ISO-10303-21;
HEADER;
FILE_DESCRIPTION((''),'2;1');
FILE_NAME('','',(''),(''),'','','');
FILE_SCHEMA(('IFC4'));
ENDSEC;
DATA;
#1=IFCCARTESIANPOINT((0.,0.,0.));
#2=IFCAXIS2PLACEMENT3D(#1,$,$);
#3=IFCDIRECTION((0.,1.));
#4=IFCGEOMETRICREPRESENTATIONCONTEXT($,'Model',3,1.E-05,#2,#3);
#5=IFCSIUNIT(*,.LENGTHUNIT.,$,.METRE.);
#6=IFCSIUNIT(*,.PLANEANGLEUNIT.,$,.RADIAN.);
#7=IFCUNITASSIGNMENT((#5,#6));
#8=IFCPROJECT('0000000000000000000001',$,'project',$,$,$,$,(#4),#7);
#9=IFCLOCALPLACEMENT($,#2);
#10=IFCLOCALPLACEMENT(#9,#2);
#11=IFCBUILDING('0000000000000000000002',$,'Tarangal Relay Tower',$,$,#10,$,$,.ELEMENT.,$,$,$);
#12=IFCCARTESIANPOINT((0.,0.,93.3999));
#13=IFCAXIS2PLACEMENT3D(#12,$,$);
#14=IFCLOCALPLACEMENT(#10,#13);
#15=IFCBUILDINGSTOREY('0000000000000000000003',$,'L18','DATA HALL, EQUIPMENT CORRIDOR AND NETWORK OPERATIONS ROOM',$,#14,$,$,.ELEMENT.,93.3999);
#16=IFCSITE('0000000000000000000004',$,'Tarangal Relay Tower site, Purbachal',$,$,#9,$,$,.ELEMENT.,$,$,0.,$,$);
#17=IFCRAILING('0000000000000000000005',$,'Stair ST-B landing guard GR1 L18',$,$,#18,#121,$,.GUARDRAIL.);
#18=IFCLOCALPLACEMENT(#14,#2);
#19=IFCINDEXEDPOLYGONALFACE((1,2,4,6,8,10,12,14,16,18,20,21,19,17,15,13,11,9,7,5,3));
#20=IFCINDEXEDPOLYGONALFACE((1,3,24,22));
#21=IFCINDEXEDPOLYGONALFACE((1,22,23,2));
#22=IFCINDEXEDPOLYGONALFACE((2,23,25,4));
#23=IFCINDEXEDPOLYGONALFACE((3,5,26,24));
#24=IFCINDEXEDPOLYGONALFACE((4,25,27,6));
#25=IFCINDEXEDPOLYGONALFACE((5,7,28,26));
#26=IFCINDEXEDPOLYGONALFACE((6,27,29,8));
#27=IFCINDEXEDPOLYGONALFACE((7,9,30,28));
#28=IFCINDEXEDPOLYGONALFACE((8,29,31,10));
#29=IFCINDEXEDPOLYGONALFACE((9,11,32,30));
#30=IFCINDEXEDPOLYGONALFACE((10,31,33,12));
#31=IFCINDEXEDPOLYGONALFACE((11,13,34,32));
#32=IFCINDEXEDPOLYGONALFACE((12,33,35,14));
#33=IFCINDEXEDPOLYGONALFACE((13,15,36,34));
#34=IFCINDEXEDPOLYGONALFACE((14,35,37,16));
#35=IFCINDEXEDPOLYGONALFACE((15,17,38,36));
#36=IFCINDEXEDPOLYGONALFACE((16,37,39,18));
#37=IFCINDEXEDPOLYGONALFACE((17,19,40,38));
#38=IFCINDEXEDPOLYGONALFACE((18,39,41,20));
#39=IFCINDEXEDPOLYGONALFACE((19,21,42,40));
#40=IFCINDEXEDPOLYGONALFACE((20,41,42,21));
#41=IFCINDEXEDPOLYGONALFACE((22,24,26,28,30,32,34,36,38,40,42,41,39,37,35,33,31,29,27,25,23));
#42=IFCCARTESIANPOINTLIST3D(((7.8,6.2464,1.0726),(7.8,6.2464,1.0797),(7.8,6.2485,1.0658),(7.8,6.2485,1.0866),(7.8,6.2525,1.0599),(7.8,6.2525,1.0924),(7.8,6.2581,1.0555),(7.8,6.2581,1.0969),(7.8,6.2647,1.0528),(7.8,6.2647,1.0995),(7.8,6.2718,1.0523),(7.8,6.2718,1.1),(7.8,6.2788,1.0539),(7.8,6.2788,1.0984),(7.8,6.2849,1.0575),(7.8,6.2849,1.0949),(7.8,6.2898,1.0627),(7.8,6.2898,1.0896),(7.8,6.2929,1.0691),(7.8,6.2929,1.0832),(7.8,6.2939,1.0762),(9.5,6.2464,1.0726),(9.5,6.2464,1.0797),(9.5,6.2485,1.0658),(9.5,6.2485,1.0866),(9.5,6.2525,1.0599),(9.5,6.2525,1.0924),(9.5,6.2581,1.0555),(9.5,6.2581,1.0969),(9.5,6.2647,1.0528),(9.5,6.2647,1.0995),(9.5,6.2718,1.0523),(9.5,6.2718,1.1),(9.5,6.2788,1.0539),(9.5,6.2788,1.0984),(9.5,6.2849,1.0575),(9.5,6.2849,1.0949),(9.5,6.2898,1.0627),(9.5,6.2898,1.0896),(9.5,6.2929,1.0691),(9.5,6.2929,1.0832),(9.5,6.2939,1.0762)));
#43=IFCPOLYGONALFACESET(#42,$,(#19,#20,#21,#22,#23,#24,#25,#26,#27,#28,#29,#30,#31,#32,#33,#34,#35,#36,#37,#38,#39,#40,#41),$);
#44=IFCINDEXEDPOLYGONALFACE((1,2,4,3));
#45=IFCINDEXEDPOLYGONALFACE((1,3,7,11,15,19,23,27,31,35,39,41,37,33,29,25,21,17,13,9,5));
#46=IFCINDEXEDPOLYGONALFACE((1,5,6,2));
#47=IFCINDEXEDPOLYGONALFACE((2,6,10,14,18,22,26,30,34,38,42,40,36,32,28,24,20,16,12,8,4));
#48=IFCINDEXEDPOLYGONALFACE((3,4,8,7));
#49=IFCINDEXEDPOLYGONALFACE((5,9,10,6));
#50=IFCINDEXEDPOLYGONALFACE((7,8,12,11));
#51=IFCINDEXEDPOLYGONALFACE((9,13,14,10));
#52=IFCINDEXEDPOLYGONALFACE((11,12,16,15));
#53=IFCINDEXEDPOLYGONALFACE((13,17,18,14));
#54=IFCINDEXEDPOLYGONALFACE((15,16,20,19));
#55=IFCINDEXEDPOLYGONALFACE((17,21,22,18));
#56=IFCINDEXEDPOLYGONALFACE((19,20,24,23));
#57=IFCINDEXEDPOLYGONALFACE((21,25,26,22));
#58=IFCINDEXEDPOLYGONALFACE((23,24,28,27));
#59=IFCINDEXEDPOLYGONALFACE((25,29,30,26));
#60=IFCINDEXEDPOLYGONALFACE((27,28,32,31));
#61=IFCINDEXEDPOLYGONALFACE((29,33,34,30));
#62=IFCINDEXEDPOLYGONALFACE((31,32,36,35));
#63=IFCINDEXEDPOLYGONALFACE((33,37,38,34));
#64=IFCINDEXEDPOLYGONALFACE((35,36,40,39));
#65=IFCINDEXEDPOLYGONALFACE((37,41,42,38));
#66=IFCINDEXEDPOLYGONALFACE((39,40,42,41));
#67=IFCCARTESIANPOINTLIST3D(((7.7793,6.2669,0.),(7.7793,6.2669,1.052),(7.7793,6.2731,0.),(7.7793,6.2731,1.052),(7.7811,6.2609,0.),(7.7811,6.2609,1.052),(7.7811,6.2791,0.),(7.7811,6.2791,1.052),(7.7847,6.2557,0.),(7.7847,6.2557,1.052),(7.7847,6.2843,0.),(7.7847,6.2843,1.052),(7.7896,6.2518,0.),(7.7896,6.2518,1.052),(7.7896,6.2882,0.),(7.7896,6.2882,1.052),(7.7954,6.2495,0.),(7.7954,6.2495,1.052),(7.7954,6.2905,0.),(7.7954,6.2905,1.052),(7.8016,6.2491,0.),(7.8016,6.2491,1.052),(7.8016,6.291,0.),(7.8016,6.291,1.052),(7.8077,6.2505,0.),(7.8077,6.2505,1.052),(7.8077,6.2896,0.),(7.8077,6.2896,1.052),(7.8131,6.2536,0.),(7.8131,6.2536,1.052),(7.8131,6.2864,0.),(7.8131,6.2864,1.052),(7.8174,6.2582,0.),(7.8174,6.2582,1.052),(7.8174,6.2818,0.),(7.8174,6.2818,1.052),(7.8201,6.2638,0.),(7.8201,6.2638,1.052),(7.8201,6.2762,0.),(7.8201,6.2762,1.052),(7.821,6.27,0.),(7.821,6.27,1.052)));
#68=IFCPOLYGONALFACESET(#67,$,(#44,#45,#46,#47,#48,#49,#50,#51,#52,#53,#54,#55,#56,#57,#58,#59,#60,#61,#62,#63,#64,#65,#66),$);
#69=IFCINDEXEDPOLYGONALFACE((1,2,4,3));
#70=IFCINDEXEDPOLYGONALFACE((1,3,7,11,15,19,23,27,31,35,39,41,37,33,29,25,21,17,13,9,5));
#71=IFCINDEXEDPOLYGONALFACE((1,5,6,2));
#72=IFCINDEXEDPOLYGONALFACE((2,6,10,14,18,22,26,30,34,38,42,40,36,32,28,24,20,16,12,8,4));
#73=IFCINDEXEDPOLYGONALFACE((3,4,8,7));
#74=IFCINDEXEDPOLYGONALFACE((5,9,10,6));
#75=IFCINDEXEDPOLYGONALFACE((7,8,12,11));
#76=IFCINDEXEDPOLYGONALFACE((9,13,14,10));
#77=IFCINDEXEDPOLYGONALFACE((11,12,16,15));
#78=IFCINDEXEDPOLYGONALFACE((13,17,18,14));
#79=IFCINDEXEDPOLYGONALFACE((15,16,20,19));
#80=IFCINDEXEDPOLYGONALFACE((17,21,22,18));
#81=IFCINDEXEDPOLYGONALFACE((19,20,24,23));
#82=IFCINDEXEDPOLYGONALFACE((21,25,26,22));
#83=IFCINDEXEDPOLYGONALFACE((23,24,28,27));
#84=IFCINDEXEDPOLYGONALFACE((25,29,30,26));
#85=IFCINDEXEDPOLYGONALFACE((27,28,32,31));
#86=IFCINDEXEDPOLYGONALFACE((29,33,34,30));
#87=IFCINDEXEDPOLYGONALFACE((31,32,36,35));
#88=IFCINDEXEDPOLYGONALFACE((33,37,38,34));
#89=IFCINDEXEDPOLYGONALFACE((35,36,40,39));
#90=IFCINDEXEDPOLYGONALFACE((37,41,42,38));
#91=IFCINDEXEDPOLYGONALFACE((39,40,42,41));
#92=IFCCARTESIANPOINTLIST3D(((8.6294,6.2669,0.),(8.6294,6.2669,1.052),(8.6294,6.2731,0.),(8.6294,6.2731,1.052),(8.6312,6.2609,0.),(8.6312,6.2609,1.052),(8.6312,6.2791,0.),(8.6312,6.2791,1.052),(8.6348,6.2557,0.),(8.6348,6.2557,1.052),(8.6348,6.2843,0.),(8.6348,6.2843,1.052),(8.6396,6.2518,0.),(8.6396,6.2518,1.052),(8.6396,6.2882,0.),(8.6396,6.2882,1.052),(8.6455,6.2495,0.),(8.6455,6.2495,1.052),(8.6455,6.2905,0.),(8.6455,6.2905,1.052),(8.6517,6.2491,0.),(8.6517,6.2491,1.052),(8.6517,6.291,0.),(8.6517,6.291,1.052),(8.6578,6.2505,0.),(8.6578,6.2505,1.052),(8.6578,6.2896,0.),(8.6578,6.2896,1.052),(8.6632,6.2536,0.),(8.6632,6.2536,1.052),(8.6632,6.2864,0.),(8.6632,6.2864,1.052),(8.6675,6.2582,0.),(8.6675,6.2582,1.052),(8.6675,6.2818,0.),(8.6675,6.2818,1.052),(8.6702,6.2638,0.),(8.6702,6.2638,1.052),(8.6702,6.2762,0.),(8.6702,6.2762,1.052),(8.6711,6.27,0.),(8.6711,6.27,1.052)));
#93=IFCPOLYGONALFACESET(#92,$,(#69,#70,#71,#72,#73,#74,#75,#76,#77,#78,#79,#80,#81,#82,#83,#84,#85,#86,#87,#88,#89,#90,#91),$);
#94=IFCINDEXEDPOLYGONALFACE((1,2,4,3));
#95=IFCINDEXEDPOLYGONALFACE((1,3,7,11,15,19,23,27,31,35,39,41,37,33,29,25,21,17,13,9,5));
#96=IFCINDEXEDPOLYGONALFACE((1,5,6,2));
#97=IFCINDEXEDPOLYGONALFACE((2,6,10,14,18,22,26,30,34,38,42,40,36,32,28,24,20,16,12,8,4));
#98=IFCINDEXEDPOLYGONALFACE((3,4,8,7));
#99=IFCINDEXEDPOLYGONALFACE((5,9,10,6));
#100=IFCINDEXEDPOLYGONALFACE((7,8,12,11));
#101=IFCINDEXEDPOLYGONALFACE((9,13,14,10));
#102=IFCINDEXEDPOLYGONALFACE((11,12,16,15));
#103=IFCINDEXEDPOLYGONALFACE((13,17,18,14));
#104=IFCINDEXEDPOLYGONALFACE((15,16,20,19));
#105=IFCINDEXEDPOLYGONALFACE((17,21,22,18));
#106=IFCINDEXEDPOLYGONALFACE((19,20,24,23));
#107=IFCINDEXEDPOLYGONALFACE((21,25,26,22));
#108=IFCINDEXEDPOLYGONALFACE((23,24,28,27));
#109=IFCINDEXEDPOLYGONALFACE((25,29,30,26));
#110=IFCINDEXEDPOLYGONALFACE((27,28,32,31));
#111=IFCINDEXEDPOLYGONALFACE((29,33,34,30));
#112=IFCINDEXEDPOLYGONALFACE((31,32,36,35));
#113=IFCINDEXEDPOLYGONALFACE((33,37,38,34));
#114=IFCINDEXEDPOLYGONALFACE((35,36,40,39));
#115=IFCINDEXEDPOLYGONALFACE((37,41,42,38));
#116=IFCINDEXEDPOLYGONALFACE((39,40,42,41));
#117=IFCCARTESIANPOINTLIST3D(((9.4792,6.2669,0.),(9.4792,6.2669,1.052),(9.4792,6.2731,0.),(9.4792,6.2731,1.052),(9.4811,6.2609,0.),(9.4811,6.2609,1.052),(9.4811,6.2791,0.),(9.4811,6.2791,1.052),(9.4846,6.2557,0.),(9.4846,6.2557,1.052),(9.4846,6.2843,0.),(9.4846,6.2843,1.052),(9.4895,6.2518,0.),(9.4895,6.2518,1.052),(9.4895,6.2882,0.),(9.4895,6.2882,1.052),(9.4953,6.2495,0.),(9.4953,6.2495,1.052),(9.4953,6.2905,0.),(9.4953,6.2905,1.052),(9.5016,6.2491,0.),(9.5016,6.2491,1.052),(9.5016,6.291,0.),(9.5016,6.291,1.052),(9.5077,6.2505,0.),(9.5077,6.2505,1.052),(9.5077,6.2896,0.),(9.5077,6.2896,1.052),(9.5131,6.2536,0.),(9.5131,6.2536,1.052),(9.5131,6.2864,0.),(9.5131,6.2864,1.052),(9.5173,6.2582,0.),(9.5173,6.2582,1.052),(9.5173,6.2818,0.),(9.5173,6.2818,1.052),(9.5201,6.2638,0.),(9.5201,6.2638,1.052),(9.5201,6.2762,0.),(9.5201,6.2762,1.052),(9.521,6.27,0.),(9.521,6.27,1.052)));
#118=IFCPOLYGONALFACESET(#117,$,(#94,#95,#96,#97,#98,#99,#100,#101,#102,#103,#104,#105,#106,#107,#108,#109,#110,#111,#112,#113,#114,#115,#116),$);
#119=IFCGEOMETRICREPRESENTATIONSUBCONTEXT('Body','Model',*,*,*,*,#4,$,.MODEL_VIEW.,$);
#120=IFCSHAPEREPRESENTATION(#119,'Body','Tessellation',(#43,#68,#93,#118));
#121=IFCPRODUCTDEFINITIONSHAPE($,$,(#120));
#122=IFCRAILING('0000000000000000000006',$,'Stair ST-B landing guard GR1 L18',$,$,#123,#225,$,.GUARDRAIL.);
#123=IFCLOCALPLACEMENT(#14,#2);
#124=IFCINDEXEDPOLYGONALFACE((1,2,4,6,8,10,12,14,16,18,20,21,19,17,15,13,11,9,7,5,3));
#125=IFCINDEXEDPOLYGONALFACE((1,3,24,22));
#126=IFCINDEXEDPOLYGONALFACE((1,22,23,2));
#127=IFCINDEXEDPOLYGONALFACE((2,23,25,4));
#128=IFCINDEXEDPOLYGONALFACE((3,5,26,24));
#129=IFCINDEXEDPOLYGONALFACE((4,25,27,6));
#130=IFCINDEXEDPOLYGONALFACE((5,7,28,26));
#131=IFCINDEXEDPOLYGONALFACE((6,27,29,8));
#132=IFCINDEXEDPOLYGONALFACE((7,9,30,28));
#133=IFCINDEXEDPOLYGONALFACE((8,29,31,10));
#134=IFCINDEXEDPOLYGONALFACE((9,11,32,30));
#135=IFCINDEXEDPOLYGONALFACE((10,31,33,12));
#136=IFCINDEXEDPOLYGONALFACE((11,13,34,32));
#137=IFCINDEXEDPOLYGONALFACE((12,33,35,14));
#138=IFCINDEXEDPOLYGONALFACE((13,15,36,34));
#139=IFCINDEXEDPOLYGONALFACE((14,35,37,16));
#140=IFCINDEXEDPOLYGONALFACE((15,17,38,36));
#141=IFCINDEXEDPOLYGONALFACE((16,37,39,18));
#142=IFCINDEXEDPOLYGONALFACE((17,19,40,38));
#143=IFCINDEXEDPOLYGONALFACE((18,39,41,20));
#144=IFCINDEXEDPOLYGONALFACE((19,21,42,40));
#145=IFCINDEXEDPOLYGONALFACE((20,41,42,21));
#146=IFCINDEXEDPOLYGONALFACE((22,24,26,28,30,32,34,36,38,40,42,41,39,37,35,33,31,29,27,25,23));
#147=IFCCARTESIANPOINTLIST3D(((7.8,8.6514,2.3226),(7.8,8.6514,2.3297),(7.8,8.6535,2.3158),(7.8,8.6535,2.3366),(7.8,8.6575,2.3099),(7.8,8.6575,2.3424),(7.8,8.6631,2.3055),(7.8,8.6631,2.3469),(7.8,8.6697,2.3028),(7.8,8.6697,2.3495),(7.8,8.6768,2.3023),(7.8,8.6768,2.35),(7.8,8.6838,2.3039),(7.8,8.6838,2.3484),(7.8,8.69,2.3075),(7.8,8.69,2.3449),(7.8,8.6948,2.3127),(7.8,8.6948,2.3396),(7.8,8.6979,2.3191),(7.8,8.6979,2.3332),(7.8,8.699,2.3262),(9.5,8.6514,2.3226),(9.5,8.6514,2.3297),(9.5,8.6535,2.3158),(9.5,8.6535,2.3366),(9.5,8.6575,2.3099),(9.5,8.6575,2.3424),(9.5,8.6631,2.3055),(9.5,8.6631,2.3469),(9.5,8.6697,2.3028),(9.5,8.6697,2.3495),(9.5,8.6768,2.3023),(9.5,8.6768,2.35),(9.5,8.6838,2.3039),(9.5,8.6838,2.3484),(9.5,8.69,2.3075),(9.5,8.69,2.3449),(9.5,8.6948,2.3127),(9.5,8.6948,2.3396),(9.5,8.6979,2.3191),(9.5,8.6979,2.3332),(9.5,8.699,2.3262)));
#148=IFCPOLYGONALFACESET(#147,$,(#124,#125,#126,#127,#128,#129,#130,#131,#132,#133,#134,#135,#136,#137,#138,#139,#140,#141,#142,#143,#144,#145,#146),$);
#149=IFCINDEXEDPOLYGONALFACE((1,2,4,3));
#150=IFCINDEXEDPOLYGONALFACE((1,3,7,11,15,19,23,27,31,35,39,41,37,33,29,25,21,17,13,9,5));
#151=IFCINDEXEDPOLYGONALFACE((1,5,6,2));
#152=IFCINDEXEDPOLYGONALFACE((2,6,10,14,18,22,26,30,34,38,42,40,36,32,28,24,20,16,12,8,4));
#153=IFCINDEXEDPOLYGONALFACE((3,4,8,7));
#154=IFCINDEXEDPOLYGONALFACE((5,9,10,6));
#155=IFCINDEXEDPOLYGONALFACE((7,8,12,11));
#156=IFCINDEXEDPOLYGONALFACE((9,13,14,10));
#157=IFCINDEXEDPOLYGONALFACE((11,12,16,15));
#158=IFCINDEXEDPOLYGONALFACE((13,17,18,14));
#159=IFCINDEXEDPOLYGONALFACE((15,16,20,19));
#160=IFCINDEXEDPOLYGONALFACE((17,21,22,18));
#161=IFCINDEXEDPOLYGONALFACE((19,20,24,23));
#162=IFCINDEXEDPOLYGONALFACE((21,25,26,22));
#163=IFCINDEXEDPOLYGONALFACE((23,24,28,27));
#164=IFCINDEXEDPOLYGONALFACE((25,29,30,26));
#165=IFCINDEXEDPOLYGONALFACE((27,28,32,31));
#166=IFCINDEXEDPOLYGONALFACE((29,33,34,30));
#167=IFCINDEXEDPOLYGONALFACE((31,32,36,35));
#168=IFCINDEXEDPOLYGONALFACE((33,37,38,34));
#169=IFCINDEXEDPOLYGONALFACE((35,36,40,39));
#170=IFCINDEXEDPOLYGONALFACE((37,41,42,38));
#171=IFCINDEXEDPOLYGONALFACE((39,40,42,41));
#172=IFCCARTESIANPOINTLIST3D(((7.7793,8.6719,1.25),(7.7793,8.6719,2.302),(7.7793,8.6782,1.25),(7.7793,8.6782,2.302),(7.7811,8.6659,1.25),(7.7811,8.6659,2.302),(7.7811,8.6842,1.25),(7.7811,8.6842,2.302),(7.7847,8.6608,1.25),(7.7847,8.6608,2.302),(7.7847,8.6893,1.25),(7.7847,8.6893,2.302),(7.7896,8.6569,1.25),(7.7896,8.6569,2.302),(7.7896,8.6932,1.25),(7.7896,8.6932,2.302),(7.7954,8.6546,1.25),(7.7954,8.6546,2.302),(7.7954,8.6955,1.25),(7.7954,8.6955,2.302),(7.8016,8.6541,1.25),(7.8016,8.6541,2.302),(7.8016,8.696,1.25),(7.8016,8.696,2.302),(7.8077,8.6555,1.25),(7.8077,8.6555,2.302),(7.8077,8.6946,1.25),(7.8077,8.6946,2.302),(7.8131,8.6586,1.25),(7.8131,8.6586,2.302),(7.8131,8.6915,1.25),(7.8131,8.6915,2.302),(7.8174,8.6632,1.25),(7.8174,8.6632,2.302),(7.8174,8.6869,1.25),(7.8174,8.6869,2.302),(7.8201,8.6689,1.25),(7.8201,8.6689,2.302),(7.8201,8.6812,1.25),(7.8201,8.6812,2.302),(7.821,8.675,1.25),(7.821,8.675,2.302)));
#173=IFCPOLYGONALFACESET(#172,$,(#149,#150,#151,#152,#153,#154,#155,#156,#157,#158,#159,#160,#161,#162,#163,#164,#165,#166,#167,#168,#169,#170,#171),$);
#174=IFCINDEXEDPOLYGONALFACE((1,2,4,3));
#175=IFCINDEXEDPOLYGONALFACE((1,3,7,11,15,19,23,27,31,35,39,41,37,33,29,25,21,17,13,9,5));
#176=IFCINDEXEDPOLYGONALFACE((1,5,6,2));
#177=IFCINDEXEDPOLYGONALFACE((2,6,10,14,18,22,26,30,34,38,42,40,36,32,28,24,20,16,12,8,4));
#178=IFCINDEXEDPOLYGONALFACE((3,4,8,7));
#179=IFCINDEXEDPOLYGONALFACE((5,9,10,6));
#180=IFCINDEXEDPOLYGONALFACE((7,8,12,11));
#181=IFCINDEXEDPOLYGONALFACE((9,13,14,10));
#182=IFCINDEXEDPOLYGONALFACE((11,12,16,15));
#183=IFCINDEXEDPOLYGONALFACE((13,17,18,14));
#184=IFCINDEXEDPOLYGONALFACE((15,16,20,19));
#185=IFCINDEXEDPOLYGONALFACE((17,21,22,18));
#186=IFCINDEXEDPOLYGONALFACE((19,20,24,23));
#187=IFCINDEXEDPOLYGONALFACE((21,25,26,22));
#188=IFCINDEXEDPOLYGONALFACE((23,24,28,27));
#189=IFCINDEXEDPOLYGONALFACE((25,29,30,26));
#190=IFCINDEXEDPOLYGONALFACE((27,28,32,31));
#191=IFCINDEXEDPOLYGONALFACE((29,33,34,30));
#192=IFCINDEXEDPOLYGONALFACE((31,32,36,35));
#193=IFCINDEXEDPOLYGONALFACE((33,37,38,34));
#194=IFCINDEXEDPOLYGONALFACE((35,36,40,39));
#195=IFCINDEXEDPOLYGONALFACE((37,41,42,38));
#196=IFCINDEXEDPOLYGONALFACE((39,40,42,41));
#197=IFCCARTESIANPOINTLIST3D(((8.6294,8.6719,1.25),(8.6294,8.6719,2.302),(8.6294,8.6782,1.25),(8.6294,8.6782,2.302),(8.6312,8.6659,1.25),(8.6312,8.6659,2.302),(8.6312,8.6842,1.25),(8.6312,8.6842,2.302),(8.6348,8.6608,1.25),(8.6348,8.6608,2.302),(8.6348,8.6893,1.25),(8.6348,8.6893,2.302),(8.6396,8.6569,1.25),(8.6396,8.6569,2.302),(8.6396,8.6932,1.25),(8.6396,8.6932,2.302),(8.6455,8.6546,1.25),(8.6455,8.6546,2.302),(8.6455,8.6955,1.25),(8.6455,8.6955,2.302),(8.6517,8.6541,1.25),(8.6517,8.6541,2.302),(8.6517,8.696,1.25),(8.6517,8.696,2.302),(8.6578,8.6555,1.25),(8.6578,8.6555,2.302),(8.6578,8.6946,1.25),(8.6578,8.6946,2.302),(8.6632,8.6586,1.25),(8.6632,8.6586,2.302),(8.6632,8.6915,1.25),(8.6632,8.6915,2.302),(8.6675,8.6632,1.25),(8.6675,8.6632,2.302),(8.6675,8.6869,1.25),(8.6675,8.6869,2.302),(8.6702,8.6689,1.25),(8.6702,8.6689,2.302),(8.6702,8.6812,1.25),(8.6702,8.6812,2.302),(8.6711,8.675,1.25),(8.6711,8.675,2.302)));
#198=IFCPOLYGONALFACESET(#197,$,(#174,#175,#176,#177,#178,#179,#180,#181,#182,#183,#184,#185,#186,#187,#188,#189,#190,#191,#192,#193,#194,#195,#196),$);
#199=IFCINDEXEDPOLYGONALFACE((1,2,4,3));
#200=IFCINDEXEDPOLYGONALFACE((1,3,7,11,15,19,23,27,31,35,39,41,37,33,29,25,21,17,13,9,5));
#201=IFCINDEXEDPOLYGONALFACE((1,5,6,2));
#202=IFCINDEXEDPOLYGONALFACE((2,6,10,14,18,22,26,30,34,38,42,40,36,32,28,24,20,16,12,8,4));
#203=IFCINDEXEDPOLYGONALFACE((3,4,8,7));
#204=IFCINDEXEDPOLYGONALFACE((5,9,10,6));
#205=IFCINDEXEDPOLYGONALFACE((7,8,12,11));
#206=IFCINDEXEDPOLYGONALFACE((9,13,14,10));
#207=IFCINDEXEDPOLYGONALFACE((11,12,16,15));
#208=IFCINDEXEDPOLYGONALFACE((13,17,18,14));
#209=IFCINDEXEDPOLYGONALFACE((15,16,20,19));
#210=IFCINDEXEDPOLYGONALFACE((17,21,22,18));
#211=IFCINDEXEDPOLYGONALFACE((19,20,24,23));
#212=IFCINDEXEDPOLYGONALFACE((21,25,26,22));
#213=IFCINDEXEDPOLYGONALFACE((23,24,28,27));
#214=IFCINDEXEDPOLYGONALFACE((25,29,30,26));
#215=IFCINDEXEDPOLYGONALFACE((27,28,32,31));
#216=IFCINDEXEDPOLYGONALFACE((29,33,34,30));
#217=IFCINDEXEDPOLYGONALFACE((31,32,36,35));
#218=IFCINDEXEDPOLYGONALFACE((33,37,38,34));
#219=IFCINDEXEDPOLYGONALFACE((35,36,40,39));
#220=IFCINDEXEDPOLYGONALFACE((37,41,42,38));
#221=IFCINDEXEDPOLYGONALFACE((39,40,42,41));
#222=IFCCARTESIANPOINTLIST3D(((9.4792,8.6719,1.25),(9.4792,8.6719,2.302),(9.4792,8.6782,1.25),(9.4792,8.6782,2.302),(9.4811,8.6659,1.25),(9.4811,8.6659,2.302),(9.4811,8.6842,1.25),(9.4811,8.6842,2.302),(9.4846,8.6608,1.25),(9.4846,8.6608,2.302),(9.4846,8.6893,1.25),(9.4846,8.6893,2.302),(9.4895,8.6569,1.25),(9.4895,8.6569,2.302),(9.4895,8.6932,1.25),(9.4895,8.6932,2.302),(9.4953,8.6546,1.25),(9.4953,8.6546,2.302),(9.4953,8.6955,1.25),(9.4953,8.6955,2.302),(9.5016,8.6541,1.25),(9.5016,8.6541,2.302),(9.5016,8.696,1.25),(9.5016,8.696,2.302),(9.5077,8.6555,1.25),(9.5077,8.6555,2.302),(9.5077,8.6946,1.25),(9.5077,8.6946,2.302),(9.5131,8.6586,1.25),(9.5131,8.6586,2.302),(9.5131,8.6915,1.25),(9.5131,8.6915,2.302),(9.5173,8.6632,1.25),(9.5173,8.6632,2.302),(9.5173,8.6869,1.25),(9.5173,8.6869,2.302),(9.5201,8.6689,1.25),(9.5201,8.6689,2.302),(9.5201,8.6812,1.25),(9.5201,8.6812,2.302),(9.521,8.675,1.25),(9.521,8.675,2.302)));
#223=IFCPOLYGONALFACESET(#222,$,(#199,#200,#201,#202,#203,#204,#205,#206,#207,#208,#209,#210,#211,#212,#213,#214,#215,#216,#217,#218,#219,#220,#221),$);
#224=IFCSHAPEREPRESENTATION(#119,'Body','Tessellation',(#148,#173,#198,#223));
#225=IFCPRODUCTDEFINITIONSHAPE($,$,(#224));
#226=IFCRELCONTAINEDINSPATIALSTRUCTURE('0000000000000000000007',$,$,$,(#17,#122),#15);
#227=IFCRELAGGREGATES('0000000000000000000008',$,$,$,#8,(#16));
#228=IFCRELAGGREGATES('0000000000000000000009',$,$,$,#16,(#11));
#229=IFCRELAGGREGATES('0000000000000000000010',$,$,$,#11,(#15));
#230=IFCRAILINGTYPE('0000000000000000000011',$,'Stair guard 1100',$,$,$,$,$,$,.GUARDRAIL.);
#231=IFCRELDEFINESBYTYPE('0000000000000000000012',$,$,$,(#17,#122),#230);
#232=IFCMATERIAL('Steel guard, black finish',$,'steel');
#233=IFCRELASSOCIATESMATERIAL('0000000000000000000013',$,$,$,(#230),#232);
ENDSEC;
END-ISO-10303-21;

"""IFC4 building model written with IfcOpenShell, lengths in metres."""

from ifc_helpers import new_model, si_unit, direction, frame, origin, origin_2d, place, context, subcontext, project, spatial, circle, extrude, material, type_object, element, save


model = new_model("IFC4")

# Units and contexts
model_context = context("Model", 3, precision=1e-05, world=origin(), true_north=direction((0.0, 1.0)))
body_context = subcontext(model_context, "Body", "Model", "MODEL_VIEW")
ifc_project = project(units=[si_unit("LENGTHUNIT", "METRE"), si_unit("PLANEANGLEUNIT", "RADIAN")], contexts=[model_context])

# Site, building, storey
site_placement = place(None, origin())
site = spatial("IfcSite", under=ifc_project, at=site_placement, Name="Tarangal Relay Tower site, Purbachal", CompositionType="ELEMENT", RefElevation=0.0)
building_placement = place(site_placement, origin())
building = spatial("IfcBuilding", under=site, at=building_placement, Name="Tarangal Relay Tower", CompositionType="ELEMENT")
storey_placement = place(building_placement, frame((0.0, 0.0, 93.3999)))
storey = spatial("IfcBuildingStorey", under=building, at=storey_placement, Name="L18", Description="DATA HALL, EQUIPMENT CORRIDOR AND NETWORK OPERATIONS ROOM", CompositionType="ELEMENT", Elevation=93.3999)

# Railings
ifc_material_1 = material(Name="Steel guard, black finish", Category="steel")
railing_type_1 = type_object("IfcRailingType", Name="Stair guard 1100", PredefinedType="GUARDRAIL", material=ifc_material_1)
for number, where, name in (
    (1, (7.8, 6.27, 0.0), "Stair ST-B landing guard GR1 L18"),
    (2, (7.8, 8.675, 1.25), "Stair ST-B landing guard GR1 L18"),
):
    element("IfcRailing", number, at=place(storey_placement, frame(where)), inside=storey, type_object=railing_type_1, Name=name, PredefinedType="GUARDRAIL", context=body_context, shape_type="SweptSolid", body=[
        extrude(circle(Radius=0.0239, at=origin_2d()), frame((0.0, 0.0, 1.0762), z_axis=(1.0, 0.0, 0.0), x_axis=(0.0, 1.0, 0.0)), (0.0, 0.0, 1.0), 1.7),
        extrude(circle(Radius=0.021, at=origin_2d()), origin(), (0.0, 0.0, 1.0), 1.052),
        extrude(circle(Radius=0.021, at=origin_2d()), frame((0.8501, 0.0, 0.0)), (0.0, 0.0, 1.0), 1.052),
        extrude(circle(Radius=0.021, at=origin_2d()), frame((1.7, 0.0, 0.0)), (0.0, 0.0, 1.0), 1.052),
    ])

save(model, "model.ifc")
